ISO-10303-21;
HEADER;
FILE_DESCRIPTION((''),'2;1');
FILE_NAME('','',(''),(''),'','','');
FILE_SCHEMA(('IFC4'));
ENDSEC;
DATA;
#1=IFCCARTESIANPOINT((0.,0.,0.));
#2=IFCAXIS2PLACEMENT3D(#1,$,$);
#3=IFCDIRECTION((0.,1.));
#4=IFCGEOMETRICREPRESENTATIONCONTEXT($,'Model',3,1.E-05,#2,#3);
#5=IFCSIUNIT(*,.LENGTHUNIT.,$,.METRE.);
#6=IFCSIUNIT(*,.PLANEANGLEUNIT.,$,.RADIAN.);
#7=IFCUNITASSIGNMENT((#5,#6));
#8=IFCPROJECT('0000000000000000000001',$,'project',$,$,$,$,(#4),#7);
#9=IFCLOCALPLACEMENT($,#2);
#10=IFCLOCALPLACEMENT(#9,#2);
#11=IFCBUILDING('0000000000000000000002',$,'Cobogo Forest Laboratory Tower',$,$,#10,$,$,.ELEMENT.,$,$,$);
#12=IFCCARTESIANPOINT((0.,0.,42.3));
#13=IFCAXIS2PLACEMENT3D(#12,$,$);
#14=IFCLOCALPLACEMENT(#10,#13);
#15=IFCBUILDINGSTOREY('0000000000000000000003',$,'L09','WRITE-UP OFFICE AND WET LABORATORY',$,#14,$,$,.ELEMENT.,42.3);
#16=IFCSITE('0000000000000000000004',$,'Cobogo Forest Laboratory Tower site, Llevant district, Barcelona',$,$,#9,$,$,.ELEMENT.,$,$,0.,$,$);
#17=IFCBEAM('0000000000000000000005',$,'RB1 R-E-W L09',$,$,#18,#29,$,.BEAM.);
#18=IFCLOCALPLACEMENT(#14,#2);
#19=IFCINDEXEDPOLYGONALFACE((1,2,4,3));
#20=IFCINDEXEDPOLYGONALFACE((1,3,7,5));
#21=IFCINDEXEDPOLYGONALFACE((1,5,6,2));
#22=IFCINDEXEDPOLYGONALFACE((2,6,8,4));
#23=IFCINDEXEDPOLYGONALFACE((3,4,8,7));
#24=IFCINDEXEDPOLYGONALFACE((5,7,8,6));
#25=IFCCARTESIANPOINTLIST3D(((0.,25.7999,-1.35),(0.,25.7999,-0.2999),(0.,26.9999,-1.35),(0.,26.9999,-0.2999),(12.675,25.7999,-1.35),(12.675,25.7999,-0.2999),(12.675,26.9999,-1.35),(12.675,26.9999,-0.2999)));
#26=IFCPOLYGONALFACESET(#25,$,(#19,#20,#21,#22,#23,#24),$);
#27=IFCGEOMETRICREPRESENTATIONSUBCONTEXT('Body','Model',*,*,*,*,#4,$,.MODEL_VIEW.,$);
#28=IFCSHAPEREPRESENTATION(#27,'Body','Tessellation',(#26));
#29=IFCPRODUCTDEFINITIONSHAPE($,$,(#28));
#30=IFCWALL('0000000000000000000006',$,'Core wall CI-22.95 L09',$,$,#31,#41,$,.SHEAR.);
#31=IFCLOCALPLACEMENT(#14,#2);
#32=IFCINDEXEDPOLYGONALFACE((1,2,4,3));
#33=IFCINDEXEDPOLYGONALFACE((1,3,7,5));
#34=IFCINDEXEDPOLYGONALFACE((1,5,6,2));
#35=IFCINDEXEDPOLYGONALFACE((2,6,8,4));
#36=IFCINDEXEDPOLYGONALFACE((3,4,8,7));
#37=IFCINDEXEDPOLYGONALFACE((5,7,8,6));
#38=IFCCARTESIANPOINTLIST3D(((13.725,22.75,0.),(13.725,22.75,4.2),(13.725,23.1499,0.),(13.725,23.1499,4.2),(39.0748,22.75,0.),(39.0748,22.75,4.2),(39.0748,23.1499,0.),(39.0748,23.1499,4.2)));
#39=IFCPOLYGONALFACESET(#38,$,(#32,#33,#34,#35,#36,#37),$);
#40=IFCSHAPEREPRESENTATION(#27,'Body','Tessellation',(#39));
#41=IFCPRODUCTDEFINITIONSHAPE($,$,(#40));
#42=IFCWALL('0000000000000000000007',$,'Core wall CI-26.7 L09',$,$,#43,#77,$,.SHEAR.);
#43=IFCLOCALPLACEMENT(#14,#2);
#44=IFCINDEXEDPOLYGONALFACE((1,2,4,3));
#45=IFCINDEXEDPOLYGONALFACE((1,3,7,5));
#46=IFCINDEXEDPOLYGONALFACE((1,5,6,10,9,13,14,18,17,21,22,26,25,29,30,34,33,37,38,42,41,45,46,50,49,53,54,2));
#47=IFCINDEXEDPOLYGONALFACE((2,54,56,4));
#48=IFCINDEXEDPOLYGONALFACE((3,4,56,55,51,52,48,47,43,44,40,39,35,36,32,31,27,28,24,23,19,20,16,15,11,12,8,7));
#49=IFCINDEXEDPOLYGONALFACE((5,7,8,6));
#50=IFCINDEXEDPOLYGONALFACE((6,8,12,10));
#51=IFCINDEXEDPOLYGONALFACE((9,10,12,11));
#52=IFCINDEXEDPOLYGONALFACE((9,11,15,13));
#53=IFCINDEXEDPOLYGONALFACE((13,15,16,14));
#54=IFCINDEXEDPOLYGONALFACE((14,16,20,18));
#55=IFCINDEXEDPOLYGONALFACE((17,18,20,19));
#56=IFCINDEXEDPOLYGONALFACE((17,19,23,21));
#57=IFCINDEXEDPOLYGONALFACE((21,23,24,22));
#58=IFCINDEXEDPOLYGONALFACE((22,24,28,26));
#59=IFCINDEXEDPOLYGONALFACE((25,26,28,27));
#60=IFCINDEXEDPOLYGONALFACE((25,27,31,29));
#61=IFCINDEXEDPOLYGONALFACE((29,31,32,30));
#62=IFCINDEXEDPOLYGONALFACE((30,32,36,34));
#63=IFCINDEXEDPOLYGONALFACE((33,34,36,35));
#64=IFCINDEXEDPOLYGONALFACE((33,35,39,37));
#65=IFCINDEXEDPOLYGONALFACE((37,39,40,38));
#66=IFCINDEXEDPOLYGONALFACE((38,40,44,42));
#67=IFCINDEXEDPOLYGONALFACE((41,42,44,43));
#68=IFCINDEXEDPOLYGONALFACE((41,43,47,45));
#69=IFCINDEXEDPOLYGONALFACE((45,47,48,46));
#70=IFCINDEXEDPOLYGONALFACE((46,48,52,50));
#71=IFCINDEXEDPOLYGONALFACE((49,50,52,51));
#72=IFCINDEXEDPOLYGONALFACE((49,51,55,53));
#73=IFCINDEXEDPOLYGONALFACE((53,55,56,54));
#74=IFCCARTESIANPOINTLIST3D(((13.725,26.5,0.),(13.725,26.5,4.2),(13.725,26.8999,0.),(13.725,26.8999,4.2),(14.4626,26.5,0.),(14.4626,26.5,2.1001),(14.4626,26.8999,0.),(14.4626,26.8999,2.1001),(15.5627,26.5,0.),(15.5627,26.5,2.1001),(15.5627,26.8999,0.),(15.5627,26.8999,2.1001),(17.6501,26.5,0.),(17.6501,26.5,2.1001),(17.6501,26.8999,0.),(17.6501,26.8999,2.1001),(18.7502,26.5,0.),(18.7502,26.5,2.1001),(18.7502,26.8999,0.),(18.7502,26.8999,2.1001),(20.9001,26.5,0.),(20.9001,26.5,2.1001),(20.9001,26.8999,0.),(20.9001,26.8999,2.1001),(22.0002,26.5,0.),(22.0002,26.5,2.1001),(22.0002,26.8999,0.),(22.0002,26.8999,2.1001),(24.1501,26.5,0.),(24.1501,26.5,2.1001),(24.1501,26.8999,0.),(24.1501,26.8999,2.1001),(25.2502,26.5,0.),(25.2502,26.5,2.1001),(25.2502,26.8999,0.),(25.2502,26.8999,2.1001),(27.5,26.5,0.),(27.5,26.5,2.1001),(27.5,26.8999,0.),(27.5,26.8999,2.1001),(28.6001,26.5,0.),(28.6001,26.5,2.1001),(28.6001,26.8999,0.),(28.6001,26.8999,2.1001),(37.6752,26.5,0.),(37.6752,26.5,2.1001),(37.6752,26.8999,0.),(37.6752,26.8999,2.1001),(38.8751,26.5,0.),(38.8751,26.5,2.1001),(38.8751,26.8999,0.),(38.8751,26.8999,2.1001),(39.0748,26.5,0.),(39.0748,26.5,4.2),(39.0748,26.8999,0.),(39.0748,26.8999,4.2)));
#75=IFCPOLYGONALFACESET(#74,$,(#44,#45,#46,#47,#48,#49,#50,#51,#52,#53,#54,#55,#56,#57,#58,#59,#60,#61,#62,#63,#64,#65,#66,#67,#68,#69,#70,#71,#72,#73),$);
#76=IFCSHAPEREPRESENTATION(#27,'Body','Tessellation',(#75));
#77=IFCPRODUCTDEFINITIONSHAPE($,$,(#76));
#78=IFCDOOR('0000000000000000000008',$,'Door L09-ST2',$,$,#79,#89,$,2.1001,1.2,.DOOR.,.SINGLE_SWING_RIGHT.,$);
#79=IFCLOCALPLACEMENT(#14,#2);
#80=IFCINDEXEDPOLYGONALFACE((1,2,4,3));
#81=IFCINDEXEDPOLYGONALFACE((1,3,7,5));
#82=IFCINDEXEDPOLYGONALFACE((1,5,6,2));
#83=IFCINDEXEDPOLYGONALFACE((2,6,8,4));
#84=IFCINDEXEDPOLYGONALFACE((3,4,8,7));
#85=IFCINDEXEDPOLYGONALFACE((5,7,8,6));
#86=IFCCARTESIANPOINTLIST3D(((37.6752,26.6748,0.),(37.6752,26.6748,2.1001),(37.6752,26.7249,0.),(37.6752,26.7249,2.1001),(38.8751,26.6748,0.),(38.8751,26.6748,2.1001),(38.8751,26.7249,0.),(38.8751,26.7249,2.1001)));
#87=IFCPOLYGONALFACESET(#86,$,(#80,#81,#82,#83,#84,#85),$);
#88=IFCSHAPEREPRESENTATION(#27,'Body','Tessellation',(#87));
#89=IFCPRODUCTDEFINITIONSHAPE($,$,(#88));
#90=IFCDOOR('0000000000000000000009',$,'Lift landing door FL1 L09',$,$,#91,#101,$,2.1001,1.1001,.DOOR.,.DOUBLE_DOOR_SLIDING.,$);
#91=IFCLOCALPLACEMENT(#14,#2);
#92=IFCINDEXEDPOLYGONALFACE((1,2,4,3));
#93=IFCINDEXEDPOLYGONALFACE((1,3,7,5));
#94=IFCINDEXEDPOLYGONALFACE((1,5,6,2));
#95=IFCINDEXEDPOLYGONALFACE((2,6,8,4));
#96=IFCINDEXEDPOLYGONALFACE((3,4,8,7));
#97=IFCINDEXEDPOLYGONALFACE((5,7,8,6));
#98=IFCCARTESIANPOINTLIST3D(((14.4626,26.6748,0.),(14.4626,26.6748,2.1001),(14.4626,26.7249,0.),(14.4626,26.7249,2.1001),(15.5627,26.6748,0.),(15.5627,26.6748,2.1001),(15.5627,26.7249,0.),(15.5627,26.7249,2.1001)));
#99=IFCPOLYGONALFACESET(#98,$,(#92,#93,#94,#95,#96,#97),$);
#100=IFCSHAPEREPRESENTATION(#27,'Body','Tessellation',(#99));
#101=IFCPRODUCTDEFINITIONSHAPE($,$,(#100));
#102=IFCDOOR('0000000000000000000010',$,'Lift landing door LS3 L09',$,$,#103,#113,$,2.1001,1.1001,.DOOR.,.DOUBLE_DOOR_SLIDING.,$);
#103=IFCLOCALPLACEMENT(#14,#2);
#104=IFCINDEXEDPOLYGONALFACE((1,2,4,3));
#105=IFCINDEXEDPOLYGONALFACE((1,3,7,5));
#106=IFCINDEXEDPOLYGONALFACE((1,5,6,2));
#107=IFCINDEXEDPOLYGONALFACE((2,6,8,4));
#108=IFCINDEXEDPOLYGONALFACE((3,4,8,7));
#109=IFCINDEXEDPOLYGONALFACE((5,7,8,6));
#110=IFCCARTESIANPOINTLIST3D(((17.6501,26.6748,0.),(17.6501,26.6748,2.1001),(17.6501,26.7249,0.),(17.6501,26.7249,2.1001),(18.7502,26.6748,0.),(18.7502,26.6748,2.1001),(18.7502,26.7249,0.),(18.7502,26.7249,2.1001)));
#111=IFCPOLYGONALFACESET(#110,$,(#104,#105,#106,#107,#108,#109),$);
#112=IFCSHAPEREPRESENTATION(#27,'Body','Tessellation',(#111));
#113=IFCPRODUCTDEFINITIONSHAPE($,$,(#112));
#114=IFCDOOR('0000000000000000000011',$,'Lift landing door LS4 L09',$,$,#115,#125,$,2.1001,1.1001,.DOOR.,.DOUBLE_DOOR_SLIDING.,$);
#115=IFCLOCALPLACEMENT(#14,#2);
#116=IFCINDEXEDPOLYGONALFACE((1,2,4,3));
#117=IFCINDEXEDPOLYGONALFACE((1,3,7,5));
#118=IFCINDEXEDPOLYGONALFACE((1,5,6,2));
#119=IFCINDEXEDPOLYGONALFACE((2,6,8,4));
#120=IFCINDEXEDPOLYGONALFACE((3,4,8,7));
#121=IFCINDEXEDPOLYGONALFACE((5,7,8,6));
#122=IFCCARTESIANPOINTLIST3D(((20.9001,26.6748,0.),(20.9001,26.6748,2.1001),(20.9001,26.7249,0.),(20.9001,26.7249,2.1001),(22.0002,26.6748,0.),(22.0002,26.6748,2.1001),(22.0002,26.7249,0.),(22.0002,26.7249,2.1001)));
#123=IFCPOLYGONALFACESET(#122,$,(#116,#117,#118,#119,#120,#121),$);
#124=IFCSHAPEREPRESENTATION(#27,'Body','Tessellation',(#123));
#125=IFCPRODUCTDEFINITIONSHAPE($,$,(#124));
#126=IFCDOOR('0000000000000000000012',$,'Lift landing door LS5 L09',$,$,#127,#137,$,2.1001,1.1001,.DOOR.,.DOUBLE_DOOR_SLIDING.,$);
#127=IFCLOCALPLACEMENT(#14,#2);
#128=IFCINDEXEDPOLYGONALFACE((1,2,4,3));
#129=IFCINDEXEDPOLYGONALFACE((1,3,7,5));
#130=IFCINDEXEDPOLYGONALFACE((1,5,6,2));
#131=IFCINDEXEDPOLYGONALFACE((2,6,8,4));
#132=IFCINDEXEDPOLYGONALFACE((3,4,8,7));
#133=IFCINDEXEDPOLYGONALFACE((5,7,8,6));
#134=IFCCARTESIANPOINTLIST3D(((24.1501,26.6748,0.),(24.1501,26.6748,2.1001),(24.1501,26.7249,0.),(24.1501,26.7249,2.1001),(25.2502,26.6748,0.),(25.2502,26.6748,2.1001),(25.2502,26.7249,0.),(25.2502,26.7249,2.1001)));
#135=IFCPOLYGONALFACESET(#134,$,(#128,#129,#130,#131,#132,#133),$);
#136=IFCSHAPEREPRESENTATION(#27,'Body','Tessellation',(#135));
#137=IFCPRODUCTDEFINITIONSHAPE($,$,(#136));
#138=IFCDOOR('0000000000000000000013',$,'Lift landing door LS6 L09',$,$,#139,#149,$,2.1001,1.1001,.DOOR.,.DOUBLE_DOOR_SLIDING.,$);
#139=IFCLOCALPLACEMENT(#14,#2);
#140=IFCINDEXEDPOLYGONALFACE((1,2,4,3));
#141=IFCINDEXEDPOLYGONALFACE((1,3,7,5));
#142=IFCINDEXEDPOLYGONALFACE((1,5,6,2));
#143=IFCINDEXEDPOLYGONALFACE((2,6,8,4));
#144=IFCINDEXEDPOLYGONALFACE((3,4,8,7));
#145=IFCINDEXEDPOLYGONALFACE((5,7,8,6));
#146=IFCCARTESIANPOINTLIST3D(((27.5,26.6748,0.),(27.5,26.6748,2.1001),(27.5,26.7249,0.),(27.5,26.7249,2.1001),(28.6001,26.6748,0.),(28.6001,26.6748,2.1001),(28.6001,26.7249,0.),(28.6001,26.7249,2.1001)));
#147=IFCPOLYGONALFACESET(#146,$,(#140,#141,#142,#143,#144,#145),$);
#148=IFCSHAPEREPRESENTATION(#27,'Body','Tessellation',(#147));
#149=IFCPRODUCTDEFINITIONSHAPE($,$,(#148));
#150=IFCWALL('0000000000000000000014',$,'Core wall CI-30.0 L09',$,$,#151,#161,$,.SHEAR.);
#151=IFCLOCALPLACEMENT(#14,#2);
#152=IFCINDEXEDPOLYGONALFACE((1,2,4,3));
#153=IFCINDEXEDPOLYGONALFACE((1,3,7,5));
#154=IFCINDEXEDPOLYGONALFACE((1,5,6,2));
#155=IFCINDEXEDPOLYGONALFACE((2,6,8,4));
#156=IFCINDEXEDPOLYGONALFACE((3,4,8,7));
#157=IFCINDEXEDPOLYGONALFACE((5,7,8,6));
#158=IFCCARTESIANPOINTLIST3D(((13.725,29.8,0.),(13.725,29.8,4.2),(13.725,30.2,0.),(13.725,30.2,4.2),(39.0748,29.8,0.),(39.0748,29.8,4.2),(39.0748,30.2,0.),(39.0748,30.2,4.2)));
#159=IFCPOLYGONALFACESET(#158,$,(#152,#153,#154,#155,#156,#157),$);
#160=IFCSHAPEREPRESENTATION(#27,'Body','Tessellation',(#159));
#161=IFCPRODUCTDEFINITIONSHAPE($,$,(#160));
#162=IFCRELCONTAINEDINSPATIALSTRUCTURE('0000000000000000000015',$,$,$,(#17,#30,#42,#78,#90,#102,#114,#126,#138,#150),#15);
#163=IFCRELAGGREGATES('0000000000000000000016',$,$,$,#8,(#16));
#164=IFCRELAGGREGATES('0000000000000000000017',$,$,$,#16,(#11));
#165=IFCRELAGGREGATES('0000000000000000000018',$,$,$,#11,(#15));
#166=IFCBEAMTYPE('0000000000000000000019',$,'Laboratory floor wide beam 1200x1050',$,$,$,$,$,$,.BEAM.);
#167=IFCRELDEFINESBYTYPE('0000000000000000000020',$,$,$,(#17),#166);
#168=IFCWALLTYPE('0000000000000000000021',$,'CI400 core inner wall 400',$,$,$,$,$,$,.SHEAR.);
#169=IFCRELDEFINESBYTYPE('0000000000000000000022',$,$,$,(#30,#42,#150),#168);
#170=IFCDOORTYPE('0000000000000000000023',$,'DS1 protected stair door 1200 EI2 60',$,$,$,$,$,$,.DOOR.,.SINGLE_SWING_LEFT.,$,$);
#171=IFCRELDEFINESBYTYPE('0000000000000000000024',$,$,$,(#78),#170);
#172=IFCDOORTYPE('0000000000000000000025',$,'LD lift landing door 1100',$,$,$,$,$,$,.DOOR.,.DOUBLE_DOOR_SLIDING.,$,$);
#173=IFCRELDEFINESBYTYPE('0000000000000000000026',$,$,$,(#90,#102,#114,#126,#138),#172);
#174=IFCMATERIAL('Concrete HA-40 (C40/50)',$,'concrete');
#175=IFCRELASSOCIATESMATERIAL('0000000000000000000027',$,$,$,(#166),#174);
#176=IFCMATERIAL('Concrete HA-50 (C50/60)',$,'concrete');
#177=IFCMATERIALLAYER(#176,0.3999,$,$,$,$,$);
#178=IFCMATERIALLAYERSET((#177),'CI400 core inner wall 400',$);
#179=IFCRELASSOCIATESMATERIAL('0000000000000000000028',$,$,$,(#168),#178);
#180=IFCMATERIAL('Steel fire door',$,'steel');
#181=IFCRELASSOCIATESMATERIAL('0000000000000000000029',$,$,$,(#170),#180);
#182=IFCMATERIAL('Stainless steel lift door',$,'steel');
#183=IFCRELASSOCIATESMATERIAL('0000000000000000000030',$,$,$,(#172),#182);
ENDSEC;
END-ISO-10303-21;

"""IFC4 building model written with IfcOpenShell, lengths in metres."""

from ifc_helpers import new_model, si_unit, direction, frame, frame_2d, origin, origin_2d, place, context, subcontext, project, spatial, rectangle, extrude, material, layer, layer_set, material_profile, profile_set, type_object, element, fill, save


model = new_model("IFC4")

# Units and contexts
model_context = context("Model", 3, precision=1e-05, world=origin(), true_north=direction((0.0, 1.0)))
body_context = subcontext(model_context, "Body", "Model", "MODEL_VIEW")
ifc_project = project(units=[si_unit("LENGTHUNIT", "METRE"), si_unit("PLANEANGLEUNIT", "RADIAN")], contexts=[model_context])

# Site, building, storey
site_placement = place(None, origin())
site = spatial("IfcSite", under=ifc_project, at=site_placement, Name="Cobogo Forest Laboratory Tower site, Llevant district, Barcelona", CompositionType="ELEMENT", RefElevation=0.0)
building_placement = place(site_placement, origin())
building = spatial("IfcBuilding", under=site, at=building_placement, Name="Cobogo Forest Laboratory Tower", CompositionType="ELEMENT")
storey_placement = place(building_placement, frame((0.0, 0.0, 42.3)))
storey = spatial("IfcBuildingStorey", under=building, at=storey_placement, Name="L09", Description="WRITE-UP OFFICE AND WET LABORATORY", CompositionType="ELEMENT", Elevation=42.3)

# Beam
ifc_material_1 = material(Name="Concrete HA-40 (C40/50)", Category="concrete")
ifc_material_profile = material_profile(ifc_material_1, rectangle(XDim=1.2, YDim=1.05, at=origin_2d()), Name="RC 1200x1050")
ifc_profile_set = profile_set([ifc_material_profile], Name="Concrete HA-40 (C40/50)")
beam_type = type_object("IfcBeamType", Name="Laboratory floor wide beam 1200x1050", PredefinedType="BEAM", material=ifc_profile_set)
beam_placement = place(storey_placement, frame((12.675, 26.3999, -0.825), z_axis=(-1.0, 0.0, 0.0), x_axis=(0.0, -1.0, 0.0)))
element("IfcBeam", 1, at=beam_placement, inside=storey, type_object=beam_type, Name="RB1 R-E-W L09", PredefinedType="BEAM", context=body_context, shape_type="SweptSolid", body=[
    extrude(rectangle(XDim=1.2, YDim=1.05, at=origin_2d()), origin(), (0.0, 0.0, 1.0), 12.675),
])

# Wall
ifc_material_2 = material(Name="Concrete HA-50 (C50/60)", Category="concrete")
ifc_layer_1 = layer(ifc_material_2, 0.3999)
ifc_layer_set_1 = layer_set([ifc_layer_1], Name="CI400 core inner wall 400")
wall_type_1 = type_object("IfcWallType", Name="CI400 core inner wall 400", PredefinedType="SHEAR", material=ifc_layer_set_1)
wall_1_placement = place(storey_placement, frame((13.7251, 22.95, 0.0), z_axis=(0.0, 0.0, 1.0), x_axis=(1.0, 0.0, 0.0)))
element("IfcWall", 2, at=wall_1_placement, inside=storey, type_object=wall_type_1, Name="Core wall CI-22.95 L09", PredefinedType="SHEAR", context=body_context, shape_type="SweptSolid", body=[
    extrude(rectangle(XDim=25.3499, YDim=0.3999, at=frame_2d((12.6748, 0.0))), origin(), (0.0, 0.0, 1.0), 4.2),
])

# Wall, openings, doors
wall_2_placement = place(storey_placement, frame((13.7251, 26.7, 0.0), z_axis=(0.0, 0.0, 1.0), x_axis=(1.0, 0.0, 0.0)))
wall_2 = element("IfcWall", 3, at=wall_2_placement, inside=storey, type_object=wall_type_1, Name="Core wall CI-26.7 L09", PredefinedType="SHEAR", context=body_context, shape_type="SweptSolid", body=[
    extrude(rectangle(XDim=25.3499, YDim=0.3999, at=frame_2d((12.6748, 0.0))), origin(), (0.0, 0.0, 1.0), 4.2),
])
opening_1_placement = place(wall_2_placement, frame((23.95, 0.0, 0.0)))
opening_1 = element("IfcOpeningElement", 4, at=opening_1_placement, cuts=wall_2, PredefinedType="OPENING", context=body_context, shape_type="SweptSolid", body=[
    extrude(rectangle(XDim=1.2, YDim=2.1001, at=frame_2d((0.6001, 1.05))), frame((0.0, 0.21, 0.0), z_axis=(0.0, -1.0, 0.0), x_axis=(1.0, 0.0, 0.0)), (0.0, 0.0, 1.0), 0.4199),
])
opening_2_placement = place(wall_2_placement, frame((0.7375, 0.0, 0.0)))
opening_2 = element("IfcOpeningElement", 5, at=opening_2_placement, cuts=wall_2, PredefinedType="OPENING", context=body_context, shape_type="SweptSolid", body=[
    extrude(rectangle(XDim=1.1001, YDim=2.1001, at=frame_2d((0.55, 1.05))), frame((0.0, 0.21, 0.0), z_axis=(0.0, -1.0, 0.0), x_axis=(1.0, 0.0, 0.0)), (0.0, 0.0, 1.0), 0.4199),
])
opening_3_placement = place(wall_2_placement, frame((3.925, 0.0, 0.0)))
opening_3 = element("IfcOpeningElement", 6, at=opening_3_placement, cuts=wall_2, PredefinedType="OPENING", context=body_context, shape_type="SweptSolid", body=[
    extrude(rectangle(XDim=1.1001, YDim=2.1001, at=frame_2d((0.55, 1.05))), frame((0.0, 0.21, 0.0), z_axis=(0.0, -1.0, 0.0), x_axis=(1.0, 0.0, 0.0)), (0.0, 0.0, 1.0), 0.4199),
])
opening_4_placement = place(wall_2_placement, frame((7.175, 0.0, 0.0)))
opening_4 = element("IfcOpeningElement", 7, at=opening_4_placement, cuts=wall_2, PredefinedType="OPENING", context=body_context, shape_type="SweptSolid", body=[
    extrude(rectangle(XDim=1.1001, YDim=2.1001, at=frame_2d((0.55, 1.05))), frame((0.0, 0.21, 0.0), z_axis=(0.0, -1.0, 0.0), x_axis=(1.0, 0.0, 0.0)), (0.0, 0.0, 1.0), 0.4199),
])
opening_5_placement = place(wall_2_placement, frame((10.425, 0.0, 0.0)))
opening_5 = element("IfcOpeningElement", 8, at=opening_5_placement, cuts=wall_2, PredefinedType="OPENING", context=body_context, shape_type="SweptSolid", body=[
    extrude(rectangle(XDim=1.1001, YDim=2.1001, at=frame_2d((0.55, 1.05))), frame((0.0, 0.21, 0.0), z_axis=(0.0, -1.0, 0.0), x_axis=(1.0, 0.0, 0.0)), (0.0, 0.0, 1.0), 0.4199),
])
opening_6_placement = place(wall_2_placement, frame((13.7749, 0.0, 0.0)))
opening_6 = element("IfcOpeningElement", 9, at=opening_6_placement, cuts=wall_2, PredefinedType="OPENING", context=body_context, shape_type="SweptSolid", body=[
    extrude(rectangle(XDim=1.1001, YDim=2.1001, at=frame_2d((0.55, 1.05))), frame((0.0, 0.21, 0.0), z_axis=(0.0, -1.0, 0.0), x_axis=(1.0, 0.0, 0.0)), (0.0, 0.0, 1.0), 0.4199),
])
ifc_material_3 = material(Name="Steel fire door", Category="steel")
door_type_1 = type_object("IfcDoorType", Name="DS1 protected stair door 1200 EI2 60", OperationType="SINGLE_SWING_LEFT", PredefinedType="DOOR", material=ifc_material_3)
door_1_placement = place(opening_1_placement, origin())
door_1 = element("IfcDoor", 10, at=door_1_placement, inside=storey, type_object=door_type_1, Name="Door L09-ST2", OperationType="SINGLE_SWING_RIGHT", OverallHeight=2.1001, OverallWidth=1.2, PredefinedType="DOOR", context=body_context, shape_type="SweptSolid", body=[
    extrude(rectangle(XDim=1.2, YDim=2.1001, at=frame_2d((0.6001, 1.05))), frame((0.0, 0.0249, 0.0), z_axis=(0.0, -1.0, 0.0), x_axis=(1.0, 0.0, 0.0)), (0.0, 0.0, 1.0), 0.05),
])
fill(opening_1, door_1)
ifc_material_4 = material(Name="Stainless steel lift door", Category="steel")
door_type_2 = type_object("IfcDoorType", Name="LD lift landing door 1100", OperationType="DOUBLE_DOOR_SLIDING", PredefinedType="DOOR", material=ifc_material_4)
door_2_placement = place(opening_2_placement, origin())
door_2 = element("IfcDoor", 11, at=door_2_placement, inside=storey, type_object=door_type_2, Name="Lift landing door FL1 L09", OperationType="DOUBLE_DOOR_SLIDING", OverallHeight=2.1001, OverallWidth=1.1001, PredefinedType="DOOR", context=body_context, shape_type="SweptSolid", body=[
    extrude(rectangle(XDim=1.1001, YDim=2.1001, at=frame_2d((0.55, 1.05))), frame((0.0, 0.0249, 0.0), z_axis=(0.0, -1.0, 0.0), x_axis=(1.0, 0.0, 0.0)), (0.0, 0.0, 1.0), 0.05),
])
fill(opening_2, door_2)
door_3_placement = place(opening_3_placement, origin())
door_3 = element("IfcDoor", 12, at=door_3_placement, inside=storey, type_object=door_type_2, Name="Lift landing door LS3 L09", OperationType="DOUBLE_DOOR_SLIDING", OverallHeight=2.1001, OverallWidth=1.1001, PredefinedType="DOOR", context=body_context, shape_type="SweptSolid", body=[
    extrude(rectangle(XDim=1.1001, YDim=2.1001, at=frame_2d((0.55, 1.05))), frame((0.0, 0.0249, 0.0), z_axis=(0.0, -1.0, 0.0), x_axis=(1.0, 0.0, 0.0)), (0.0, 0.0, 1.0), 0.05),
])
fill(opening_3, door_3)
door_4_placement = place(opening_4_placement, origin())
door_4 = element("IfcDoor", 13, at=door_4_placement, inside=storey, type_object=door_type_2, Name="Lift landing door LS4 L09", OperationType="DOUBLE_DOOR_SLIDING", OverallHeight=2.1001, OverallWidth=1.1001, PredefinedType="DOOR", context=body_context, shape_type="SweptSolid", body=[
    extrude(rectangle(XDim=1.1001, YDim=2.1001, at=frame_2d((0.55, 1.05))), frame((0.0, 0.0249, 0.0), z_axis=(0.0, -1.0, 0.0), x_axis=(1.0, 0.0, 0.0)), (0.0, 0.0, 1.0), 0.05),
])
fill(opening_4, door_4)
door_5_placement = place(opening_5_placement, origin())
door_5 = element("IfcDoor", 14, at=door_5_placement, inside=storey, type_object=door_type_2, Name="Lift landing door LS5 L09", OperationType="DOUBLE_DOOR_SLIDING", OverallHeight=2.1001, OverallWidth=1.1001, PredefinedType="DOOR", context=body_context, shape_type="SweptSolid", body=[
    extrude(rectangle(XDim=1.1001, YDim=2.1001, at=frame_2d((0.55, 1.05))), frame((0.0, 0.0249, 0.0), z_axis=(0.0, -1.0, 0.0), x_axis=(1.0, 0.0, 0.0)), (0.0, 0.0, 1.0), 0.05),
])
fill(opening_5, door_5)
door_6_placement = place(opening_6_placement, origin())
door_6 = element("IfcDoor", 15, at=door_6_placement, inside=storey, type_object=door_type_2, Name="Lift landing door LS6 L09", OperationType="DOUBLE_DOOR_SLIDING", OverallHeight=2.1001, OverallWidth=1.1001, PredefinedType="DOOR", context=body_context, shape_type="SweptSolid", body=[
    extrude(rectangle(XDim=1.1001, YDim=2.1001, at=frame_2d((0.55, 1.05))), frame((0.0, 0.0249, 0.0), z_axis=(0.0, -1.0, 0.0), x_axis=(1.0, 0.0, 0.0)), (0.0, 0.0, 1.0), 0.05),
])
fill(opening_6, door_6)

# Wall
wall_3_placement = place(storey_placement, frame((13.7251, 30.0, 0.0), z_axis=(0.0, 0.0, 1.0), x_axis=(1.0, 0.0, 0.0)))
element("IfcWall", 16, at=wall_3_placement, inside=storey, type_object=wall_type_1, Name="Core wall CI-30.0 L09", PredefinedType="SHEAR", context=body_context, shape_type="SweptSolid", body=[
    extrude(rectangle(XDim=25.3499, YDim=0.3999, at=frame_2d((12.6748, 0.0))), origin(), (0.0, 0.0, 1.0), 4.2),
])

save(model, "model.ifc")
